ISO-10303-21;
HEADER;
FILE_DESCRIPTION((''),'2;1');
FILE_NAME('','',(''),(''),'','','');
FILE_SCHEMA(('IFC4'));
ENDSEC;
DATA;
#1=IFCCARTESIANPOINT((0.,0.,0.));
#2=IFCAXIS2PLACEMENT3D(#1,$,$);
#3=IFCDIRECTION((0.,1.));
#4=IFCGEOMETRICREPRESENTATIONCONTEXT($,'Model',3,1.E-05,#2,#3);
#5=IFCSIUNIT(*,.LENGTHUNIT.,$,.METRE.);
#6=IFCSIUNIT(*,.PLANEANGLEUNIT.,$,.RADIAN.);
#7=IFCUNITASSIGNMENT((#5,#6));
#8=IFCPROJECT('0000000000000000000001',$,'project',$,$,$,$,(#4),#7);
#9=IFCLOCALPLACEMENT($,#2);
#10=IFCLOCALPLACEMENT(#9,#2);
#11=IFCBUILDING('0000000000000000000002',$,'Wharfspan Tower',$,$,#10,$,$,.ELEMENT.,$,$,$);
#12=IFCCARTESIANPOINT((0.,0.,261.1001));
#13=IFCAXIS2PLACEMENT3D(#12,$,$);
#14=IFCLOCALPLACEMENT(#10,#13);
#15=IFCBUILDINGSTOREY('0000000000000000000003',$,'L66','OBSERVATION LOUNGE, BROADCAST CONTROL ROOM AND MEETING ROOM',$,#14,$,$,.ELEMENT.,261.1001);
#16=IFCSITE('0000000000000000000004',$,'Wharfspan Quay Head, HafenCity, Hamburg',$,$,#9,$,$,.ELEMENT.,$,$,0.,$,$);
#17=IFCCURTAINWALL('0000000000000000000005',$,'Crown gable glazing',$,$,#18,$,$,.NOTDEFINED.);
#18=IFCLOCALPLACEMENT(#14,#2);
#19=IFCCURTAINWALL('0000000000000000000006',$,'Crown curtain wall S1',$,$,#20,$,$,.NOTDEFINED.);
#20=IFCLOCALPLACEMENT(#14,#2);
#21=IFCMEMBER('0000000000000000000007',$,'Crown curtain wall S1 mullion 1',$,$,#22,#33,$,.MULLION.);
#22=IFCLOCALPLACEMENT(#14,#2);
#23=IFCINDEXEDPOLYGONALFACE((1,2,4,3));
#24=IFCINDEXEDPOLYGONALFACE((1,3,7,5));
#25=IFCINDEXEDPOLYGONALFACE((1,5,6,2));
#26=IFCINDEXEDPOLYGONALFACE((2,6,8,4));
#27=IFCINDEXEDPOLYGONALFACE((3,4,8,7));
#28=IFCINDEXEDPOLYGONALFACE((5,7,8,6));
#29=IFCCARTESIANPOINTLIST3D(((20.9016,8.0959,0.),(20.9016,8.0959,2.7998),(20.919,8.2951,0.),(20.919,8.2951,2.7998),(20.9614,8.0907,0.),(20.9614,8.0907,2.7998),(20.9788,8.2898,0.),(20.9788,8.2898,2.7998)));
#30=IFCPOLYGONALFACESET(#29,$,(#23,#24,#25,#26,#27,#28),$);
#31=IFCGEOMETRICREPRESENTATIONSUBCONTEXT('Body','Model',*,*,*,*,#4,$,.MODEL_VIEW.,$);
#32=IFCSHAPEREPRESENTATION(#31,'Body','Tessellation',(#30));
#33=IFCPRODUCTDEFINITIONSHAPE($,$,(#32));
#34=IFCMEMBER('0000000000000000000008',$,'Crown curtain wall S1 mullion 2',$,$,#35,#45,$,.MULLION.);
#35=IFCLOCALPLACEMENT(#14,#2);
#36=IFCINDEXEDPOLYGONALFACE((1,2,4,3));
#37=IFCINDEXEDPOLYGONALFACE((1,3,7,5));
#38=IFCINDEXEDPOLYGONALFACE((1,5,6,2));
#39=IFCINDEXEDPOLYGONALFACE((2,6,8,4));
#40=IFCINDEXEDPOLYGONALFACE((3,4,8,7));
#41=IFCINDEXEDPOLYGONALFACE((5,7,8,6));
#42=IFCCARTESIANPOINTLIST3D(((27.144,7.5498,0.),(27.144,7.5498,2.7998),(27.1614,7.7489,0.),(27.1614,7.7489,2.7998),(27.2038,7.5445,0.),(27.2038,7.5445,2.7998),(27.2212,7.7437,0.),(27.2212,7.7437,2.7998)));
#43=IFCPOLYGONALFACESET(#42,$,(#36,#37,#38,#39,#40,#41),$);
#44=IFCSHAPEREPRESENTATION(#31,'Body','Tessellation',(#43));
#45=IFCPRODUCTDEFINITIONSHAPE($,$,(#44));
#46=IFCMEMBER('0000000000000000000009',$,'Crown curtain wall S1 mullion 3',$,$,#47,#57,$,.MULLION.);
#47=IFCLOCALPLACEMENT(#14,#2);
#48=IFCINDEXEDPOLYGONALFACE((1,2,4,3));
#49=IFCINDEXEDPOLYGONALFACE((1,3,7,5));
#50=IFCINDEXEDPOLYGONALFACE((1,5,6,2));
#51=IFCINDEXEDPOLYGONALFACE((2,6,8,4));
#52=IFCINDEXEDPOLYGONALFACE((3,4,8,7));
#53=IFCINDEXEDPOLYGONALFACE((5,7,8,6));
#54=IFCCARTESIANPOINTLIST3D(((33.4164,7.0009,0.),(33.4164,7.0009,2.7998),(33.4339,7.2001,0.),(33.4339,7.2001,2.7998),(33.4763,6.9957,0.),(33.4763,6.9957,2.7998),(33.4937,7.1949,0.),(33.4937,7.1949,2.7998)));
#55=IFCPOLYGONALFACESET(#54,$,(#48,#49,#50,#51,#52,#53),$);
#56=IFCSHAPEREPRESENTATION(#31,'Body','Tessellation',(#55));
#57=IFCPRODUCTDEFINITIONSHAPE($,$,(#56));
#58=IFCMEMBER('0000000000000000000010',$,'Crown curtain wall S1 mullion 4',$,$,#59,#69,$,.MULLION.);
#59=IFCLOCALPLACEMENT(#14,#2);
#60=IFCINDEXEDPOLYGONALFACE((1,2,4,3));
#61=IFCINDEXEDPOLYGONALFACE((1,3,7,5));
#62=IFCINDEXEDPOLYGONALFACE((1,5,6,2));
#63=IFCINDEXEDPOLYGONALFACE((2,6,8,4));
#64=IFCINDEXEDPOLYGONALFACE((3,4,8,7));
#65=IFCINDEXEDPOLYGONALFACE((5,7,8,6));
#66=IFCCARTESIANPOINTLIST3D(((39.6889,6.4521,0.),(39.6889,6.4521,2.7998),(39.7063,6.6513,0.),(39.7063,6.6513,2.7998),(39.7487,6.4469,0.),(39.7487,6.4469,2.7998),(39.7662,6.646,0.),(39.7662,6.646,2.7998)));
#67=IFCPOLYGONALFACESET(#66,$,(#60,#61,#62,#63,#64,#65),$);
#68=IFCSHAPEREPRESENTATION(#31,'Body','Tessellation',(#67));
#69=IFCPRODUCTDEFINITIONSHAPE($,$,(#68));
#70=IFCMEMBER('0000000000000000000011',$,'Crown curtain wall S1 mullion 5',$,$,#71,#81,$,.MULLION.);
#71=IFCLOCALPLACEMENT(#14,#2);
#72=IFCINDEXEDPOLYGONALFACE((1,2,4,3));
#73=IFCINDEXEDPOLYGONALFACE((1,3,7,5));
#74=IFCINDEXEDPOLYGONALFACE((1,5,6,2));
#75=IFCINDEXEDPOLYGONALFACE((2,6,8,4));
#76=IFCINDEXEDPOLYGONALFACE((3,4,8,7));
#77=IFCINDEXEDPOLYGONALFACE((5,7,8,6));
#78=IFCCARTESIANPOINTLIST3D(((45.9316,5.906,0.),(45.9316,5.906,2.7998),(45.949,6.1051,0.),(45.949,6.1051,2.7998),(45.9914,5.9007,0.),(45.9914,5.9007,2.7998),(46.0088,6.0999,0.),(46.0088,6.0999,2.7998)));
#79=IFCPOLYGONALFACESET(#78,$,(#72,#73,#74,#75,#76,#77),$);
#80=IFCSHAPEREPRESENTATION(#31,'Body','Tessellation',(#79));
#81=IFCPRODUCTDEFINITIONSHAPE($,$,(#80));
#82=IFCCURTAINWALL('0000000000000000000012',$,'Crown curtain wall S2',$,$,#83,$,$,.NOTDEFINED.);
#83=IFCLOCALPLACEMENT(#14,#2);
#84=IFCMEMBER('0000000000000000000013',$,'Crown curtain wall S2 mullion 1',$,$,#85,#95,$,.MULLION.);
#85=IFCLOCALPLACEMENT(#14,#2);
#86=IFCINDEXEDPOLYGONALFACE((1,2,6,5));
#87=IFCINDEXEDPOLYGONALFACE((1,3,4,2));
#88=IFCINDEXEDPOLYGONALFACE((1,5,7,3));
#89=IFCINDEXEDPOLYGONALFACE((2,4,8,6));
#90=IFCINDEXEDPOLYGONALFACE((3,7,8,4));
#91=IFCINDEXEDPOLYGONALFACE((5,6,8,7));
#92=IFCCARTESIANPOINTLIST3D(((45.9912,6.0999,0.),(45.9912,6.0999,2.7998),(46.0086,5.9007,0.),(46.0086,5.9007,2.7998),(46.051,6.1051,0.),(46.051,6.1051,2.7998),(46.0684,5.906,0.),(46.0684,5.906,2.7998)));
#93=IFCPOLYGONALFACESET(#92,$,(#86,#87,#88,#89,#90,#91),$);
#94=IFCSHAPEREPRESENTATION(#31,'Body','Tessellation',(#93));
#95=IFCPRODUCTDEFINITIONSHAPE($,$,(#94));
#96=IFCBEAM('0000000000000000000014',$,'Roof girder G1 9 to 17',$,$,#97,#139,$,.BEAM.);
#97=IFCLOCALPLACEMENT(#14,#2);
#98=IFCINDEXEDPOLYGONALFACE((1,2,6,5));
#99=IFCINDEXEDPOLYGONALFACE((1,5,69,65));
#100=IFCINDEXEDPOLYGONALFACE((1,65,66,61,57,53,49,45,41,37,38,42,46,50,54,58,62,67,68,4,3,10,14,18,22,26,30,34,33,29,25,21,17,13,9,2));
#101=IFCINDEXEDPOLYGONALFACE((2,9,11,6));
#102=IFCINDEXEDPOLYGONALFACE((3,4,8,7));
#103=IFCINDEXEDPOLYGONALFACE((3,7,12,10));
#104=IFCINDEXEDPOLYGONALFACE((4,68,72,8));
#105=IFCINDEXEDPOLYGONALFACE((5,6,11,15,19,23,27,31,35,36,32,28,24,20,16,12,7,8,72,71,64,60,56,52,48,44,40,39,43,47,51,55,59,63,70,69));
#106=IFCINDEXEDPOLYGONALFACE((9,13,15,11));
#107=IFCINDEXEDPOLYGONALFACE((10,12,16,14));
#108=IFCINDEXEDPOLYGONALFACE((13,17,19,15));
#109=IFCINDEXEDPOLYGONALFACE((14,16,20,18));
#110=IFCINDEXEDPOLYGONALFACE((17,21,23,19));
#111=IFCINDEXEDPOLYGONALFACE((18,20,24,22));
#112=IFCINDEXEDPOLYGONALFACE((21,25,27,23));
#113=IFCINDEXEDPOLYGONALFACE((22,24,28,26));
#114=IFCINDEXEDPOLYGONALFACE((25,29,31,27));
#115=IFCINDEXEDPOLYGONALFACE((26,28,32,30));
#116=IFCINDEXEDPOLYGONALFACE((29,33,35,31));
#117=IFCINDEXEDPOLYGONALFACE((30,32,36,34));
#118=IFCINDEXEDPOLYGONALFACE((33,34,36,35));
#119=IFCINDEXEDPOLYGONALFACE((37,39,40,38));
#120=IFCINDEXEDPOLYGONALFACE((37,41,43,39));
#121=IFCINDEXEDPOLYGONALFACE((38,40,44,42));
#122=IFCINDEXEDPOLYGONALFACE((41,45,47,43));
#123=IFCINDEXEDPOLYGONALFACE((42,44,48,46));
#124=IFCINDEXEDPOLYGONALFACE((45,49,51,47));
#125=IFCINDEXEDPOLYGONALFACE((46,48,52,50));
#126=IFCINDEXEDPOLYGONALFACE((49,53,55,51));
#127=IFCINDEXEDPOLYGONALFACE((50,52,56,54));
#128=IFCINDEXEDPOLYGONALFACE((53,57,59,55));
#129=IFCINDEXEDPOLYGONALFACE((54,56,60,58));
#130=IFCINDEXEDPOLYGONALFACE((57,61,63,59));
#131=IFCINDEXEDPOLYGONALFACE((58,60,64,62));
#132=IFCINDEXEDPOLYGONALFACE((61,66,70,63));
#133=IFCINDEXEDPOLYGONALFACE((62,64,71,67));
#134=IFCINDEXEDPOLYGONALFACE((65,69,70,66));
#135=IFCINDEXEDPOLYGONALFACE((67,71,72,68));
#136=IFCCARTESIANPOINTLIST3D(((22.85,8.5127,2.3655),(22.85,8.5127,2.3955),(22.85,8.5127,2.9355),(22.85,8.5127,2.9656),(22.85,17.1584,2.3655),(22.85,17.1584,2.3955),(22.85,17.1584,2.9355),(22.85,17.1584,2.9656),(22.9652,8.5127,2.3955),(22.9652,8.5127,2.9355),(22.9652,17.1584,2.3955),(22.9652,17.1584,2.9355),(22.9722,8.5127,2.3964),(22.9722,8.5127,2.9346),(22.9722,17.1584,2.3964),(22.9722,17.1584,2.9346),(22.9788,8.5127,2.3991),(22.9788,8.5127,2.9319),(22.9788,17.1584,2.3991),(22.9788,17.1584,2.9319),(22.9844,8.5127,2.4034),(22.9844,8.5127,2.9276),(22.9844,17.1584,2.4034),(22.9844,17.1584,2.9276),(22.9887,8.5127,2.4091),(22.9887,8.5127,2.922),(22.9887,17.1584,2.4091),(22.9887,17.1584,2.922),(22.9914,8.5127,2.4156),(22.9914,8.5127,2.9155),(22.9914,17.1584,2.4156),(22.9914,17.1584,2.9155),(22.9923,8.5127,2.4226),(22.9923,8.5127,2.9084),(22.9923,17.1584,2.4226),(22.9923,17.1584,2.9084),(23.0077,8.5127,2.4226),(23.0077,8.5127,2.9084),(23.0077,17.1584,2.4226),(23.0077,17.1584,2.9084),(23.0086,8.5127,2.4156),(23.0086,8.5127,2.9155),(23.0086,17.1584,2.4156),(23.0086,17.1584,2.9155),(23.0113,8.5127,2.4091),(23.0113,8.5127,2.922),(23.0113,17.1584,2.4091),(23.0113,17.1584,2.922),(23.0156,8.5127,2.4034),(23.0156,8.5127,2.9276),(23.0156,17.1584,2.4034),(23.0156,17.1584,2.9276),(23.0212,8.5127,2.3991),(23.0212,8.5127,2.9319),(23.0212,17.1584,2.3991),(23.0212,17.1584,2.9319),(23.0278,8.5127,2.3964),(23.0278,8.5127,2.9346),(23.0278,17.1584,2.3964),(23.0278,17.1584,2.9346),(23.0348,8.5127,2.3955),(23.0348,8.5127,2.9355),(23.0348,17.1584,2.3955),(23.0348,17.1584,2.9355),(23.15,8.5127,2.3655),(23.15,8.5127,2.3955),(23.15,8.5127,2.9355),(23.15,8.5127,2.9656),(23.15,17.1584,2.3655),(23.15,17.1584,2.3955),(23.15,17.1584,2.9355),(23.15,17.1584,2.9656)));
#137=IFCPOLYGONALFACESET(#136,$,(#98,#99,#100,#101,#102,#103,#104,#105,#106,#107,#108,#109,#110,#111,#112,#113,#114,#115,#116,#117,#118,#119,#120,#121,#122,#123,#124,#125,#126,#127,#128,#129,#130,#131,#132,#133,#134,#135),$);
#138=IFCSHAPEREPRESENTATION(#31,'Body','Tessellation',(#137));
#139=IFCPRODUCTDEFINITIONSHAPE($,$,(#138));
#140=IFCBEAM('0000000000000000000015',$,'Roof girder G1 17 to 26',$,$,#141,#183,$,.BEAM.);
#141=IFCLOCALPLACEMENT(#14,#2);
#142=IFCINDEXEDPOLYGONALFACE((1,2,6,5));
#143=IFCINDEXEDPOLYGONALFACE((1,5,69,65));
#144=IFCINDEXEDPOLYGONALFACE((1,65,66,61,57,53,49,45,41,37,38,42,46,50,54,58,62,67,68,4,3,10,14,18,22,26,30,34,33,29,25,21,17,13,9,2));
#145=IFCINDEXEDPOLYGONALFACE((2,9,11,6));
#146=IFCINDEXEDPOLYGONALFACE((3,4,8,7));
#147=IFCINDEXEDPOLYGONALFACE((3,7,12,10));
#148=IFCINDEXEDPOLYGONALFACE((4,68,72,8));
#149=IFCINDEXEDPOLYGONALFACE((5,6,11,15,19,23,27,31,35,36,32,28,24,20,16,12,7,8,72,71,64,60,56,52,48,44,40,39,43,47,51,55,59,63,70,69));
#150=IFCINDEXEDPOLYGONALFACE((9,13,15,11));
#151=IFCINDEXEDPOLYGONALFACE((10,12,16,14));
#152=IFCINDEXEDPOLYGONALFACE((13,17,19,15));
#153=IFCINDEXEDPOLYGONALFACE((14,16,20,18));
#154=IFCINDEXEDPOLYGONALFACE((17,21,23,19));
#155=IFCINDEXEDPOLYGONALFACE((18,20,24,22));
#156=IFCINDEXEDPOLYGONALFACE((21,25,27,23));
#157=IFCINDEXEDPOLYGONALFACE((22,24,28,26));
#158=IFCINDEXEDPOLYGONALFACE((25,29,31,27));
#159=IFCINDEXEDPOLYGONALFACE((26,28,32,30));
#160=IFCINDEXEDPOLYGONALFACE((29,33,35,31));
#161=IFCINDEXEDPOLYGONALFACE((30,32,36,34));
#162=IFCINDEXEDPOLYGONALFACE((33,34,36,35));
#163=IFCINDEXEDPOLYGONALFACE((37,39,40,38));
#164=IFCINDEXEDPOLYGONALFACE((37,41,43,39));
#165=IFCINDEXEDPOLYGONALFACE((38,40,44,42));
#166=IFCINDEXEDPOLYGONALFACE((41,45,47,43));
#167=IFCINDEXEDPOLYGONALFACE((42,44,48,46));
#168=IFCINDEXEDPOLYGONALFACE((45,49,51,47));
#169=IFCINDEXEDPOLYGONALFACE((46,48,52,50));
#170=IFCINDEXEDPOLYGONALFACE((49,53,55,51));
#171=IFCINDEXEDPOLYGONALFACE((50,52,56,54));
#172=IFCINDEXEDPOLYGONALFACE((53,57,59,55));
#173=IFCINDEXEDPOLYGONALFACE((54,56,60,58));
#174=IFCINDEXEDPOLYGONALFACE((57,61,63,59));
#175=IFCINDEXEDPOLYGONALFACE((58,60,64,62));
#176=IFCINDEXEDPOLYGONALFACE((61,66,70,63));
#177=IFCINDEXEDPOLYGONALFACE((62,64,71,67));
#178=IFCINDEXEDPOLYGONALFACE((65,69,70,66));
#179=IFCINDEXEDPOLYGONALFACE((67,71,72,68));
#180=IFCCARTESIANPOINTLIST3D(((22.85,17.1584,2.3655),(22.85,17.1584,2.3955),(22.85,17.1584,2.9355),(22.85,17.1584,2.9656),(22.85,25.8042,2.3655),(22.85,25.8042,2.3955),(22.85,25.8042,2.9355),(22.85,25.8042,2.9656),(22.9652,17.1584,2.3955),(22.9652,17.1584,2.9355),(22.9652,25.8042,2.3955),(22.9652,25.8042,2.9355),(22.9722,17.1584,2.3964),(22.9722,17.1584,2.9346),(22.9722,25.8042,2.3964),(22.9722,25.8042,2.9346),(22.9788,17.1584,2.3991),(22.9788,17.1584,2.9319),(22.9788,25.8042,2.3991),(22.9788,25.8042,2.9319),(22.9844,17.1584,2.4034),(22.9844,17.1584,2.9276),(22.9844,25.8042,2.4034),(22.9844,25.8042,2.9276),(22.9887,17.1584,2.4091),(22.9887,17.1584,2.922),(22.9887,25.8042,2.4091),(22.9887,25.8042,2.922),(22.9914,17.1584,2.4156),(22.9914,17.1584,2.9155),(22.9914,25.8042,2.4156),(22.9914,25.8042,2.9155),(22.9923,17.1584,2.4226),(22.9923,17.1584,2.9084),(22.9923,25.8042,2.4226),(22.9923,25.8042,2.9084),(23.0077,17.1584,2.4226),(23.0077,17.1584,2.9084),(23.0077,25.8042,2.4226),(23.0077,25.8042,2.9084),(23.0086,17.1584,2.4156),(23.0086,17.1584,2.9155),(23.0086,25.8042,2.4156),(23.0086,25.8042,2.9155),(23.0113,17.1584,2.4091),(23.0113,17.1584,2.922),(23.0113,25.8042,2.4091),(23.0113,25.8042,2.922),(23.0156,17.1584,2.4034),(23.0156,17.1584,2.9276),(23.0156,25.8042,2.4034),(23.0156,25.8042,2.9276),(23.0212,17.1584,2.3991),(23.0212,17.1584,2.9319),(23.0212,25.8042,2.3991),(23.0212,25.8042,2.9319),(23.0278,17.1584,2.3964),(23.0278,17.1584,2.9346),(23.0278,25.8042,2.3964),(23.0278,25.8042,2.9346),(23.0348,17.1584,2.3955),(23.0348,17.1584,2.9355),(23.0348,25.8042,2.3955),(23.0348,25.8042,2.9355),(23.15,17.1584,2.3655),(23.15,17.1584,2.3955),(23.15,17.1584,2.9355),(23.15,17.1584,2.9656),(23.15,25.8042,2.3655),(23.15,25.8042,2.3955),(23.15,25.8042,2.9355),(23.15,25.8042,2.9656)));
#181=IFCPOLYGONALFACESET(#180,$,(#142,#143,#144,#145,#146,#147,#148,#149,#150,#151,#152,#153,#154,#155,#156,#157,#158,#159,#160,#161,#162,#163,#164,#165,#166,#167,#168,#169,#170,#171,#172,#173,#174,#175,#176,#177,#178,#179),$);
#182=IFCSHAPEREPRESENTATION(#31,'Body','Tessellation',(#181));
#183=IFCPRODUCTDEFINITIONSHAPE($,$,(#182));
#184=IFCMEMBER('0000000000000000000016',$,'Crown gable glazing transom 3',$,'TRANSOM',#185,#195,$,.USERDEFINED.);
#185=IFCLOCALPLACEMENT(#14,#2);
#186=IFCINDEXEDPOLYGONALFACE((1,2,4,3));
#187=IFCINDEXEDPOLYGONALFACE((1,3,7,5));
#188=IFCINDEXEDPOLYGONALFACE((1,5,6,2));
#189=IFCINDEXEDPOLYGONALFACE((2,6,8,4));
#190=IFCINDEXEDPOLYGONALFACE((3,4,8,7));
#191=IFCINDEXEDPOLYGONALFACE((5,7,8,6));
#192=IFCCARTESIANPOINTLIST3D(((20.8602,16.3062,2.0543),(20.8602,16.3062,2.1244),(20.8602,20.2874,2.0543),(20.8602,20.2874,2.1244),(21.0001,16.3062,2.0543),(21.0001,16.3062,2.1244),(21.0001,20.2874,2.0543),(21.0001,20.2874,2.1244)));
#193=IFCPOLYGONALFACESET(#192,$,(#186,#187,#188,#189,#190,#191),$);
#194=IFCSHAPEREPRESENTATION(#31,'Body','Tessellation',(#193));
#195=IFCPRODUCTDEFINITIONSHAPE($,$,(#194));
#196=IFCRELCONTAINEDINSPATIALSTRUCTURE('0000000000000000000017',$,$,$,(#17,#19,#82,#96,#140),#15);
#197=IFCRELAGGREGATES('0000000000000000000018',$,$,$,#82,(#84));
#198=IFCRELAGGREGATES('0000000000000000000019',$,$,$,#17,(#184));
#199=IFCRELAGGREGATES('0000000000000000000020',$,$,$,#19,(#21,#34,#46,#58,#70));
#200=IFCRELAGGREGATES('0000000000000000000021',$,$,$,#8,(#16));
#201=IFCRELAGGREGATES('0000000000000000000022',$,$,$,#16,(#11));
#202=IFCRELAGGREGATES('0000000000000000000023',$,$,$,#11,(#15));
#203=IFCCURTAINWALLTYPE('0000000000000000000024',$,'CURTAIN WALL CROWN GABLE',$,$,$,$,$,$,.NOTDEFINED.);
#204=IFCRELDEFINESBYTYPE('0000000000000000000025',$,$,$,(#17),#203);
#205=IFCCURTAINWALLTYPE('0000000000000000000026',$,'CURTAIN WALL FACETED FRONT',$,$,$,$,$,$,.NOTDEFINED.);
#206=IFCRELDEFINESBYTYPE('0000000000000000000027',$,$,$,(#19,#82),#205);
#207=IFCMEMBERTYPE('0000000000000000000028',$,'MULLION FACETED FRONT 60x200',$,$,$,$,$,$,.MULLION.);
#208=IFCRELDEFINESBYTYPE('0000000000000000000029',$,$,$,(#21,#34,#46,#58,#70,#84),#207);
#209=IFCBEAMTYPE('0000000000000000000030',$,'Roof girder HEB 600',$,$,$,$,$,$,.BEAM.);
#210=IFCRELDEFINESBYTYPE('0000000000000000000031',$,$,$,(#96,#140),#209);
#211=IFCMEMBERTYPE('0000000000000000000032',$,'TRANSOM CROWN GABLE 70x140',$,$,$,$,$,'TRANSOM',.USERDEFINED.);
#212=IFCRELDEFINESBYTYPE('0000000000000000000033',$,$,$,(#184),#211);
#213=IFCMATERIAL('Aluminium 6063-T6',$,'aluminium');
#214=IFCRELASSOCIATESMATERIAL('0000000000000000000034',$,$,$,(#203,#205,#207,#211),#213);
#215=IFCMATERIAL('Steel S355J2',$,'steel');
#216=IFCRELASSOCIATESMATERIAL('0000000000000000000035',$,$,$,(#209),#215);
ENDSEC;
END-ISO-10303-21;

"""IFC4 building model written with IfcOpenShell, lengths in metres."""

from ifc_helpers import new_model, si_unit, direction, frame, origin, origin_2d, place, context, subcontext, project, spatial, rectangle, i_section, extrude, material, material_profile, profile_set, type_object, element, aggregate, save


model = new_model("IFC4")

# Units and contexts
model_context = context("Model", 3, precision=1e-05, world=origin(), true_north=direction((0.0, 1.0)))
body_context = subcontext(model_context, "Body", "Model", "MODEL_VIEW")
ifc_project = project(units=[si_unit("LENGTHUNIT", "METRE"), si_unit("PLANEANGLEUNIT", "RADIAN")], contexts=[model_context])

# Site, building, storey
site_placement = place(None, origin())
site = spatial("IfcSite", under=ifc_project, at=site_placement, Name="Wharfspan Quay Head, HafenCity, Hamburg", CompositionType="ELEMENT", RefElevation=0.0)
building_placement = place(site_placement, origin())
building = spatial("IfcBuilding", under=site, at=building_placement, Name="Wharfspan Tower", CompositionType="ELEMENT")
storey_placement = place(building_placement, frame((0.0, 0.0, 261.1001)))
storey = spatial("IfcBuildingStorey", under=building, at=storey_placement, Name="L66", Description="OBSERVATION LOUNGE, BROADCAST CONTROL ROOM AND MEETING ROOM", CompositionType="ELEMENT", Elevation=261.1001)

# Shared definitions
ifc_material_1 = material(Name="Steel S355J2", Category="steel")

# Curtain wall
ifc_material_2 = material(Name="Aluminium 6063-T6", Category="aluminium")
curtain_wall_type_1 = type_object("IfcCurtainWallType", Name="CURTAIN WALL CROWN GABLE", PredefinedType="NOTDEFINED", material=ifc_material_2)
curtain_wall_1_placement = place(storey_placement, origin())
curtain_wall_1 = element("IfcCurtainWall", 1, at=curtain_wall_1_placement, inside=storey, type_object=curtain_wall_type_1, Name="Crown gable glazing", PredefinedType="NOTDEFINED")

# Curtain wall, members
curtain_wall_type_2 = type_object("IfcCurtainWallType", Name="CURTAIN WALL FACETED FRONT", PredefinedType="NOTDEFINED", material=ifc_material_2)
curtain_wall_2_placement = place(storey_placement, origin())
curtain_wall_2 = element("IfcCurtainWall", 2, at=curtain_wall_2_placement, inside=storey, type_object=curtain_wall_type_2, Name="Crown curtain wall S1", PredefinedType="NOTDEFINED")
ifc_material_profile_1 = material_profile(ifc_material_2, rectangle(XDim=0.2, YDim=0.0601, at=origin_2d()))
ifc_profile_set_1 = profile_set([ifc_material_profile_1], Name="Aluminium 6063-T6")
member_type_1 = type_object("IfcMemberType", Name="MULLION FACETED FRONT 60x200", PredefinedType="MULLION", material=ifc_profile_set_1)
member_1_placement = place(storey_placement, frame((20.9402, 8.1929, 0.0), z_axis=(0.0, 0.0, 1.0), x_axis=(0.087156, 0.996198, 0.0)))
member_1 = element("IfcMember", 3, at=member_1_placement, type_object=member_type_1, Name="Crown curtain wall S1 mullion 1", PredefinedType="MULLION", context=body_context, shape_type="SweptSolid", body=[
    extrude(rectangle(XDim=0.2, YDim=0.0601, at=origin_2d()), origin(), (0.0, 0.0, 1.0), 2.7998),
])
member_2_placement = place(storey_placement, frame((27.1826, 7.6467, 0.0), z_axis=(0.0, 0.0, 1.0), x_axis=(0.087156, 0.996198, 0.0)))
member_2 = element("IfcMember", 4, at=member_2_placement, type_object=member_type_1, Name="Crown curtain wall S1 mullion 2", PredefinedType="MULLION", context=body_context, shape_type="SweptSolid", body=[
    extrude(rectangle(XDim=0.2, YDim=0.0601, at=origin_2d()), origin(), (0.0, 0.0, 1.0), 2.7998),
])
member_3_placement = place(storey_placement, frame((33.4551, 7.0979, 0.0), z_axis=(0.0, 0.0, 1.0), x_axis=(0.087156, 0.996198, 0.0)))
member_3 = element("IfcMember", 5, at=member_3_placement, type_object=member_type_1, Name="Crown curtain wall S1 mullion 3", PredefinedType="MULLION", context=body_context, shape_type="SweptSolid", body=[
    extrude(rectangle(XDim=0.2, YDim=0.0601, at=origin_2d()), origin(), (0.0, 0.0, 1.0), 2.7998),
])
member_4_placement = place(storey_placement, frame((39.7275, 6.5491, 0.0), z_axis=(0.0, 0.0, 1.0), x_axis=(0.087156, 0.996198, 0.0)))
member_4 = element("IfcMember", 6, at=member_4_placement, type_object=member_type_1, Name="Crown curtain wall S1 mullion 4", PredefinedType="MULLION", context=body_context, shape_type="SweptSolid", body=[
    extrude(rectangle(XDim=0.2, YDim=0.0601, at=origin_2d()), origin(), (0.0, 0.0, 1.0), 2.7998),
])
member_5_placement = place(storey_placement, frame((45.9702, 6.0029, 0.0), z_axis=(0.0, 0.0, 1.0), x_axis=(0.087156, 0.996198, 0.0)))
member_5 = element("IfcMember", 7, at=member_5_placement, type_object=member_type_1, Name="Crown curtain wall S1 mullion 5", PredefinedType="MULLION", context=body_context, shape_type="SweptSolid", body=[
    extrude(rectangle(XDim=0.2, YDim=0.0601, at=origin_2d()), origin(), (0.0, 0.0, 1.0), 2.7998),
])

# Curtain wall, member
curtain_wall_3_placement = place(storey_placement, origin())
curtain_wall_3 = element("IfcCurtainWall", 8, at=curtain_wall_3_placement, inside=storey, type_object=curtain_wall_type_2, Name="Crown curtain wall S2", PredefinedType="NOTDEFINED")
member_6_placement = place(storey_placement, frame((46.0298, 6.0029, 0.0), z_axis=(0.0, 0.0, 1.0), x_axis=(-0.087156, 0.996198, 0.0)))
member_6 = element("IfcMember", 9, at=member_6_placement, type_object=member_type_1, Name="Crown curtain wall S2 mullion 1", PredefinedType="MULLION", context=body_context, shape_type="SweptSolid", body=[
    extrude(rectangle(XDim=0.2, YDim=0.0601, at=origin_2d()), origin(), (0.0, 0.0, 1.0), 2.7998),
])

# Beams
ifc_material_profile_2 = material_profile(ifc_material_1, i_section(OverallWidth=0.3, OverallDepth=0.6001, WebThickness=0.0154, FlangeThickness=0.03, FilletRadius=0.0271, at=origin_2d()))
ifc_profile_set_2 = profile_set([ifc_material_profile_2], Name="Steel S355J2")
beam_type = type_object("IfcBeamType", Name="Roof girder HEB 600", PredefinedType="BEAM", material=ifc_profile_set_2)
for number, where, z_axis, x_axis, name in (
    (10, (23.0, 8.5127, 2.6655), (0.0, 1.0, 0.0), (-1.0, 0.0, 0.0), "Roof girder G1 9 to 17"),
    (11, (23.0, 17.1584, 2.6655), (0.0, 1.0, 0.0), (-1.0, 0.0, 0.0), "Roof girder G1 17 to 26"),
):
    element("IfcBeam", number, at=place(storey_placement, frame(where, z_axis=z_axis, x_axis=x_axis)), inside=storey, type_object=beam_type, Name=name, PredefinedType="BEAM", context=body_context, shape_type="SweptSolid", body=[
        extrude(i_section(OverallWidth=0.3, OverallDepth=0.6001, WebThickness=0.0154, FlangeThickness=0.03, FilletRadius=0.0271, at=origin_2d()), origin(), (0.0, 0.0, 1.0), 8.6458),
    ])

# Member
ifc_material_profile_3 = material_profile(ifc_material_2, rectangle(XDim=0.1399, YDim=0.0701, at=origin_2d()))
ifc_profile_set_3 = profile_set([ifc_material_profile_3], Name="Aluminium 6063-T6")
member_type_2 = type_object("IfcMemberType", Name="TRANSOM CROWN GABLE 70x140", ElementType="TRANSOM", PredefinedType="USERDEFINED", material=ifc_profile_set_3)
member_7_placement = place(storey_placement, frame((20.9302, 16.3062, 2.0894), z_axis=(0.0, 1.0, 0.0), x_axis=(-1.0, 0.0, 0.0)))
member_7 = element("IfcMember", 12, at=member_7_placement, type_object=member_type_2, Name="Crown gable glazing transom 3", ObjectType="TRANSOM", PredefinedType="USERDEFINED", context=body_context, shape_type="SweptSolid", body=[
    extrude(rectangle(XDim=0.1399, YDim=0.0701, at=origin_2d()), origin(), (0.0, 0.0, 1.0), 3.9812),
])
aggregate(curtain_wall_3, [member_6])

aggregate(curtain_wall_1, [member_7])
aggregate(curtain_wall_2, [member_1, member_2, member_3, member_4, member_5])

save(model, "model.ifc")
